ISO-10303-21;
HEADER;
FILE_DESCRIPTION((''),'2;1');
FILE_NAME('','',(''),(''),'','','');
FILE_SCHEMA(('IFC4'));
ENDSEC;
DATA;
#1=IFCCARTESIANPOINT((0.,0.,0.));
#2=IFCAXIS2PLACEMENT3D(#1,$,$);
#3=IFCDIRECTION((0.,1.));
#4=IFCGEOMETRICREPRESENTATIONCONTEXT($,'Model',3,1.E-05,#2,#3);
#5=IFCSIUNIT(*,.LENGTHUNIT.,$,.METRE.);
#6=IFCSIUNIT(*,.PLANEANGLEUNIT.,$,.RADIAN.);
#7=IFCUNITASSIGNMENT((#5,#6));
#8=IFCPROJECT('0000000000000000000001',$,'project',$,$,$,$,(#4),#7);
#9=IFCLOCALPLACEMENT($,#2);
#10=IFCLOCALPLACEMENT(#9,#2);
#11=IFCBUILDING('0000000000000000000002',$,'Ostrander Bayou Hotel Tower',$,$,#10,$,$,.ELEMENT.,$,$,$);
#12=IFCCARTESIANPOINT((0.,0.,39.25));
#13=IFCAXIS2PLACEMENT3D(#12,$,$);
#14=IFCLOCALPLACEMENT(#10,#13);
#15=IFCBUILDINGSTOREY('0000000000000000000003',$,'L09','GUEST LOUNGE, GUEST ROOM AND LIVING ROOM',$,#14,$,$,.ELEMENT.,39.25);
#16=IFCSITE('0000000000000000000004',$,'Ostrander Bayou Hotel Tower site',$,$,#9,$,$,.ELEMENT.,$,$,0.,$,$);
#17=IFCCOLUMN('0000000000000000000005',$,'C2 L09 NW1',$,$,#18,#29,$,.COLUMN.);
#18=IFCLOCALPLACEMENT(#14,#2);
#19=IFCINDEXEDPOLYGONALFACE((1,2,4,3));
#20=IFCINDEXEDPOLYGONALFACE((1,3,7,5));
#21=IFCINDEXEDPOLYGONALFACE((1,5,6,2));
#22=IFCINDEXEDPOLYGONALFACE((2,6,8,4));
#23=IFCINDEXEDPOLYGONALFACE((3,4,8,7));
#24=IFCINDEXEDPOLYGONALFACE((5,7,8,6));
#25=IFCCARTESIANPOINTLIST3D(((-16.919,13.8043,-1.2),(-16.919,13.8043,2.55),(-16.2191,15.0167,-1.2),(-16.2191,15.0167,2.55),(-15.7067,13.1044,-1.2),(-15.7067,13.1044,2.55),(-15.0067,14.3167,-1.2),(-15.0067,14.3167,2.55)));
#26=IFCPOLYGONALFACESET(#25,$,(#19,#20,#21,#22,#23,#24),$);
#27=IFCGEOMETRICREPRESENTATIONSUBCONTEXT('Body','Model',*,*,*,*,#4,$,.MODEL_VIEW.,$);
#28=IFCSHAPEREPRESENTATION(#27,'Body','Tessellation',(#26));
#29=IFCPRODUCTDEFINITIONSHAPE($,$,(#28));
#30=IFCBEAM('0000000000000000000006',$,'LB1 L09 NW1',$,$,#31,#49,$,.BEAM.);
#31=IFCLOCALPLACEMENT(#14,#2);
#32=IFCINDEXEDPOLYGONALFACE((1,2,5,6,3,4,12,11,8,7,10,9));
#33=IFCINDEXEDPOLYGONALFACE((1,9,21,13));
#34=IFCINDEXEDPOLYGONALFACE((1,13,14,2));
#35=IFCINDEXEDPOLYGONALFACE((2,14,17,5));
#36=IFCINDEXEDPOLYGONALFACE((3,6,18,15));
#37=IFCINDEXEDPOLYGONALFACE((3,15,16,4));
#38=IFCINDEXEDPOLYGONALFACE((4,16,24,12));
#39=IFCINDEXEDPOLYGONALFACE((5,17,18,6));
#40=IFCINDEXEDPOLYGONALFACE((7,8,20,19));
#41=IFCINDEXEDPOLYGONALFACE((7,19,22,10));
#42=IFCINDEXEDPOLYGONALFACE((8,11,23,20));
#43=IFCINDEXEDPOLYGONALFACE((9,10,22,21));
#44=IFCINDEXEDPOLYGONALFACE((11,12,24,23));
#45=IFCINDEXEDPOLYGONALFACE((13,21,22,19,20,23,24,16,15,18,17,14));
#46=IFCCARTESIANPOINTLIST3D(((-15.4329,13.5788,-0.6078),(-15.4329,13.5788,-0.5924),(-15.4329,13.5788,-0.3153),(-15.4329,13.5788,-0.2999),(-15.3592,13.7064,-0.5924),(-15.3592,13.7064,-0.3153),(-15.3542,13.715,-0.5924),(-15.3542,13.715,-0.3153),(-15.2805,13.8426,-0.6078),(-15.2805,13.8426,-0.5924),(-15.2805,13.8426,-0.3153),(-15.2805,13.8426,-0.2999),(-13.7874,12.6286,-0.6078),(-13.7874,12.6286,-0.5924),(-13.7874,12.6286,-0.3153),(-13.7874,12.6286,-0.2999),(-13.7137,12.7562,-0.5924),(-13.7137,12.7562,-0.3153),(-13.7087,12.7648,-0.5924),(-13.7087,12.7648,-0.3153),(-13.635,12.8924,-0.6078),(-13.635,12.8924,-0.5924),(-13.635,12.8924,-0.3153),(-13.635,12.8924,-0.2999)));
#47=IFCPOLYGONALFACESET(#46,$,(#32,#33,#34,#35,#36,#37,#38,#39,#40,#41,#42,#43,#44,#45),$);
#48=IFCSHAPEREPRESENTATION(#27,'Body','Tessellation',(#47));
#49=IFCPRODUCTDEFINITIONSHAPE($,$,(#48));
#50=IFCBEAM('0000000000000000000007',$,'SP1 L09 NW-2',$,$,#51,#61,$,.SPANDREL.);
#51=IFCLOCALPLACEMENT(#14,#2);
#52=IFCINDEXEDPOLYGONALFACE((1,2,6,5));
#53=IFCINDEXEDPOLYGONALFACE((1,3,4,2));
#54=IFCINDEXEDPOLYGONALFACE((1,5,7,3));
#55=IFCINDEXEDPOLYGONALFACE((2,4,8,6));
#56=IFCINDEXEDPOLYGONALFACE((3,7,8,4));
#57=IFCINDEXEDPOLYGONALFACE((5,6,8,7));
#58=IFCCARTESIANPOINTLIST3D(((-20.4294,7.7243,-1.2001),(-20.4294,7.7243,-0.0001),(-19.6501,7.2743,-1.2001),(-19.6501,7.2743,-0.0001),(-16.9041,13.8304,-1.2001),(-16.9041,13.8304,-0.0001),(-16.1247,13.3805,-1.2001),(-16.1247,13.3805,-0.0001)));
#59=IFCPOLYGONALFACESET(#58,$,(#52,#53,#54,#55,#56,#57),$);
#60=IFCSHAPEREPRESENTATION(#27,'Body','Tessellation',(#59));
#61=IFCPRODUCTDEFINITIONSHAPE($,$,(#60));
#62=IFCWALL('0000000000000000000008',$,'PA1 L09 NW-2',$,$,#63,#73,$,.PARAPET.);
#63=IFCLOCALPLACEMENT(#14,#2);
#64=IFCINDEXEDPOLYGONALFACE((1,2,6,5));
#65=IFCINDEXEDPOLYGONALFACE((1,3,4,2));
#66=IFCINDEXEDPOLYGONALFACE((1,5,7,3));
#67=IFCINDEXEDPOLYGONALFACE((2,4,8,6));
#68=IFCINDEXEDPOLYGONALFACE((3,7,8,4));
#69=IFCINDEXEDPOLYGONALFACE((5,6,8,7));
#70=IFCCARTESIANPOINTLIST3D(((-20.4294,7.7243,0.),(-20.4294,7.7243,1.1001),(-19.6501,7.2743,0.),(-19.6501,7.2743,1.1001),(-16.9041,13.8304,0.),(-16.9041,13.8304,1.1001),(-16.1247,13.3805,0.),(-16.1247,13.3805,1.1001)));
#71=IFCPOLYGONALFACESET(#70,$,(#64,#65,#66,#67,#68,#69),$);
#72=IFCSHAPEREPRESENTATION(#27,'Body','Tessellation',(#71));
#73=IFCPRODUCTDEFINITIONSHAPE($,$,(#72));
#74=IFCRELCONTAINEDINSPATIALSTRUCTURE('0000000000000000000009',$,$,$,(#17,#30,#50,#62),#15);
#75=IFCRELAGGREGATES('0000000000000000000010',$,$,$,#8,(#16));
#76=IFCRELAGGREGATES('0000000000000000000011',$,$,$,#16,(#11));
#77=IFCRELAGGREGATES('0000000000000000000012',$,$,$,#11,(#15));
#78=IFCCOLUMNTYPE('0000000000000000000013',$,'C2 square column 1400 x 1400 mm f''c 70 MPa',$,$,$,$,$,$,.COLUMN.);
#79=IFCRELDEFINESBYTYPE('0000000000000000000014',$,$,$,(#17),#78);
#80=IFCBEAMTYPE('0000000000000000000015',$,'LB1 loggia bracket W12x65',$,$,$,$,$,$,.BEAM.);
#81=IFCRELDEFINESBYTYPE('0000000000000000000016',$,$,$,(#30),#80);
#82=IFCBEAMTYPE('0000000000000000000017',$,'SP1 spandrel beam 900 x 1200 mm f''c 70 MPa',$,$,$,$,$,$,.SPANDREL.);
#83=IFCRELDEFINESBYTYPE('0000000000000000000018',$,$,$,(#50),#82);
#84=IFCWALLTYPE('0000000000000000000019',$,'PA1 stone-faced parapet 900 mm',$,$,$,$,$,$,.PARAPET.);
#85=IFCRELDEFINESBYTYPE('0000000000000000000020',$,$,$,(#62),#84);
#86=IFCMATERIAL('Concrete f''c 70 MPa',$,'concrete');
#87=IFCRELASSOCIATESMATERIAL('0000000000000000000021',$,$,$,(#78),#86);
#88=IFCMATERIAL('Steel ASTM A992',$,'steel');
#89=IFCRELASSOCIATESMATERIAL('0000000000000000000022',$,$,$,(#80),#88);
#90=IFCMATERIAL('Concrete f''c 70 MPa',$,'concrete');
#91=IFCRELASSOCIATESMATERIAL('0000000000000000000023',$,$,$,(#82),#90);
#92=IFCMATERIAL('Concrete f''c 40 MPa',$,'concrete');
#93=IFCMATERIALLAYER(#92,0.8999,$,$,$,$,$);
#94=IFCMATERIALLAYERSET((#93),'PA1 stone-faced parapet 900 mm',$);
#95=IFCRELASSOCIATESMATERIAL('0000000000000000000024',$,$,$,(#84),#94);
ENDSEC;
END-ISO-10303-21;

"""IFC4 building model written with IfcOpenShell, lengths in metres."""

from ifc_helpers import new_model, si_unit, direction, frame, frame_2d, origin, origin_2d, place, context, subcontext, project, spatial, rectangle, i_section, extrude, material, layer, layer_set, material_profile, profile_set, type_object, element, save


model = new_model("IFC4")

# Units and contexts
model_context = context("Model", 3, precision=1e-05, world=origin(), true_north=direction((0.0, 1.0)))
body_context = subcontext(model_context, "Body", "Model", "MODEL_VIEW")
ifc_project = project(units=[si_unit("LENGTHUNIT", "METRE"), si_unit("PLANEANGLEUNIT", "RADIAN")], contexts=[model_context])

# Site, building, storey
site_placement = place(None, origin())
site = spatial("IfcSite", under=ifc_project, at=site_placement, Name="Ostrander Bayou Hotel Tower site", CompositionType="ELEMENT", RefElevation=0.0)
building_placement = place(site_placement, origin())
building = spatial("IfcBuilding", under=site, at=building_placement, Name="Ostrander Bayou Hotel Tower", CompositionType="ELEMENT")
storey_placement = place(building_placement, frame((0.0, 0.0, 39.25)))
storey = spatial("IfcBuildingStorey", under=building, at=storey_placement, Name="L09", Description="GUEST LOUNGE, GUEST ROOM AND LIVING ROOM", CompositionType="ELEMENT", Elevation=39.25)

# Column
ifc_material_1 = material(Name="Concrete f'c 70 MPa", Category="concrete")
ifc_material_profile_1 = material_profile(ifc_material_1, rectangle(XDim=1.3999, YDim=1.3999, at=origin_2d()))
ifc_profile_set_1 = profile_set([ifc_material_profile_1], Name="Concrete f'c 70 MPa")
column_type = type_object("IfcColumnType", Name="C2 square column 1400 x 1400 mm f'c 70 MPa", PredefinedType="COLUMN", material=ifc_profile_set_1)
column_placement = place(storey_placement, frame((-15.9629, 14.0605, -1.2), z_axis=(0.0, 0.0, 1.0), x_axis=(0.5, 0.866025, 0.0)))
element("IfcColumn", 1, at=column_placement, inside=storey, type_object=column_type, Name="C2 L09 NW1", PredefinedType="COLUMN", context=body_context, shape_type="SweptSolid", body=[
    extrude(rectangle(XDim=1.3999, YDim=1.3999, at=origin_2d()), origin(), (0.0, 0.0, 1.0), 3.75),
])

# Beams
ifc_material_2 = material(Name="Steel ASTM A992", Category="steel")
ifc_material_profile_2 = material_profile(ifc_material_2, i_section(OverallWidth=0.3047, OverallDepth=0.3079, WebThickness=0.01, FlangeThickness=0.0154, at=origin_2d()))
ifc_profile_set_2 = profile_set([ifc_material_profile_2], Name="Steel ASTM A992")
beam_type_1 = type_object("IfcBeamType", Name="LB1 loggia bracket W12x65", PredefinedType="BEAM", material=ifc_profile_set_2)
beam_1_placement = place(storey_placement, frame((-15.3567, 13.7107, -0.4539), z_axis=(0.865989, -0.500064, 0.0), x_axis=(0.500064, 0.865989, 0.0)))
element("IfcBeam", 2, at=beam_1_placement, inside=storey, type_object=beam_type_1, Name="LB1 L09 NW1", PredefinedType="BEAM", context=body_context, shape_type="SweptSolid", body=[
    extrude(i_section(OverallWidth=0.3047, OverallDepth=0.3079, WebThickness=0.01, FlangeThickness=0.0154, at=origin_2d()), origin(), (0.0, 0.0, 1.0), 1.9001),
])
ifc_material_3 = material(Name="Concrete f'c 70 MPa", Category="concrete")
ifc_material_profile_3 = material_profile(ifc_material_3, rectangle(XDim=0.8999, YDim=1.2, at=origin_2d()))
ifc_profile_set_3 = profile_set([ifc_material_profile_3], Name="Concrete f'c 70 MPa")
beam_type_2 = type_object("IfcBeamType", Name="SP1 spandrel beam 900 x 1200 mm f'c 70 MPa", PredefinedType="SPANDREL", material=ifc_profile_set_3)
beam_2_placement = place(storey_placement, frame((-16.5144, 13.6055, -0.6001), z_axis=(-0.499997, -0.866027, 0.0), x_axis=(0.866027, -0.499997, 0.0)))
element("IfcBeam", 3, at=beam_2_placement, inside=storey, type_object=beam_type_2, Name="SP1 L09 NW-2", PredefinedType="SPANDREL", context=body_context, shape_type="SweptSolid", body=[
    extrude(rectangle(XDim=0.8999, YDim=1.2, at=origin_2d()), origin(), (0.0, 0.0, 1.0), 7.0508),
])

# Wall
ifc_material_4 = material(Name="Concrete f'c 40 MPa", Category="concrete")
ifc_layer_1 = layer(ifc_material_4, 0.8999)
ifc_layer_set_1 = layer_set([ifc_layer_1], Name="PA1 stone-faced parapet 900 mm")
wall_type_1 = type_object("IfcWallType", Name="PA1 stone-faced parapet 900 mm", PredefinedType="PARAPET", material=ifc_layer_set_1)
wall_1_placement = place(storey_placement, frame((-16.5144, 13.6055, 0.0), z_axis=(0.0, 0.0, 1.0), x_axis=(-0.499997, -0.866027, 0.0)))
element("IfcWall", 4, at=wall_1_placement, inside=storey, type_object=wall_type_1, Name="PA1 L09 NW-2", PredefinedType="PARAPET", context=body_context, shape_type="SweptSolid", body=[
    extrude(rectangle(XDim=7.0508, YDim=0.8999, at=frame_2d((3.5254, 0.0))), origin(), (0.0, 0.0, 1.0), 1.1001),
])

save(model, "model.ifc")
